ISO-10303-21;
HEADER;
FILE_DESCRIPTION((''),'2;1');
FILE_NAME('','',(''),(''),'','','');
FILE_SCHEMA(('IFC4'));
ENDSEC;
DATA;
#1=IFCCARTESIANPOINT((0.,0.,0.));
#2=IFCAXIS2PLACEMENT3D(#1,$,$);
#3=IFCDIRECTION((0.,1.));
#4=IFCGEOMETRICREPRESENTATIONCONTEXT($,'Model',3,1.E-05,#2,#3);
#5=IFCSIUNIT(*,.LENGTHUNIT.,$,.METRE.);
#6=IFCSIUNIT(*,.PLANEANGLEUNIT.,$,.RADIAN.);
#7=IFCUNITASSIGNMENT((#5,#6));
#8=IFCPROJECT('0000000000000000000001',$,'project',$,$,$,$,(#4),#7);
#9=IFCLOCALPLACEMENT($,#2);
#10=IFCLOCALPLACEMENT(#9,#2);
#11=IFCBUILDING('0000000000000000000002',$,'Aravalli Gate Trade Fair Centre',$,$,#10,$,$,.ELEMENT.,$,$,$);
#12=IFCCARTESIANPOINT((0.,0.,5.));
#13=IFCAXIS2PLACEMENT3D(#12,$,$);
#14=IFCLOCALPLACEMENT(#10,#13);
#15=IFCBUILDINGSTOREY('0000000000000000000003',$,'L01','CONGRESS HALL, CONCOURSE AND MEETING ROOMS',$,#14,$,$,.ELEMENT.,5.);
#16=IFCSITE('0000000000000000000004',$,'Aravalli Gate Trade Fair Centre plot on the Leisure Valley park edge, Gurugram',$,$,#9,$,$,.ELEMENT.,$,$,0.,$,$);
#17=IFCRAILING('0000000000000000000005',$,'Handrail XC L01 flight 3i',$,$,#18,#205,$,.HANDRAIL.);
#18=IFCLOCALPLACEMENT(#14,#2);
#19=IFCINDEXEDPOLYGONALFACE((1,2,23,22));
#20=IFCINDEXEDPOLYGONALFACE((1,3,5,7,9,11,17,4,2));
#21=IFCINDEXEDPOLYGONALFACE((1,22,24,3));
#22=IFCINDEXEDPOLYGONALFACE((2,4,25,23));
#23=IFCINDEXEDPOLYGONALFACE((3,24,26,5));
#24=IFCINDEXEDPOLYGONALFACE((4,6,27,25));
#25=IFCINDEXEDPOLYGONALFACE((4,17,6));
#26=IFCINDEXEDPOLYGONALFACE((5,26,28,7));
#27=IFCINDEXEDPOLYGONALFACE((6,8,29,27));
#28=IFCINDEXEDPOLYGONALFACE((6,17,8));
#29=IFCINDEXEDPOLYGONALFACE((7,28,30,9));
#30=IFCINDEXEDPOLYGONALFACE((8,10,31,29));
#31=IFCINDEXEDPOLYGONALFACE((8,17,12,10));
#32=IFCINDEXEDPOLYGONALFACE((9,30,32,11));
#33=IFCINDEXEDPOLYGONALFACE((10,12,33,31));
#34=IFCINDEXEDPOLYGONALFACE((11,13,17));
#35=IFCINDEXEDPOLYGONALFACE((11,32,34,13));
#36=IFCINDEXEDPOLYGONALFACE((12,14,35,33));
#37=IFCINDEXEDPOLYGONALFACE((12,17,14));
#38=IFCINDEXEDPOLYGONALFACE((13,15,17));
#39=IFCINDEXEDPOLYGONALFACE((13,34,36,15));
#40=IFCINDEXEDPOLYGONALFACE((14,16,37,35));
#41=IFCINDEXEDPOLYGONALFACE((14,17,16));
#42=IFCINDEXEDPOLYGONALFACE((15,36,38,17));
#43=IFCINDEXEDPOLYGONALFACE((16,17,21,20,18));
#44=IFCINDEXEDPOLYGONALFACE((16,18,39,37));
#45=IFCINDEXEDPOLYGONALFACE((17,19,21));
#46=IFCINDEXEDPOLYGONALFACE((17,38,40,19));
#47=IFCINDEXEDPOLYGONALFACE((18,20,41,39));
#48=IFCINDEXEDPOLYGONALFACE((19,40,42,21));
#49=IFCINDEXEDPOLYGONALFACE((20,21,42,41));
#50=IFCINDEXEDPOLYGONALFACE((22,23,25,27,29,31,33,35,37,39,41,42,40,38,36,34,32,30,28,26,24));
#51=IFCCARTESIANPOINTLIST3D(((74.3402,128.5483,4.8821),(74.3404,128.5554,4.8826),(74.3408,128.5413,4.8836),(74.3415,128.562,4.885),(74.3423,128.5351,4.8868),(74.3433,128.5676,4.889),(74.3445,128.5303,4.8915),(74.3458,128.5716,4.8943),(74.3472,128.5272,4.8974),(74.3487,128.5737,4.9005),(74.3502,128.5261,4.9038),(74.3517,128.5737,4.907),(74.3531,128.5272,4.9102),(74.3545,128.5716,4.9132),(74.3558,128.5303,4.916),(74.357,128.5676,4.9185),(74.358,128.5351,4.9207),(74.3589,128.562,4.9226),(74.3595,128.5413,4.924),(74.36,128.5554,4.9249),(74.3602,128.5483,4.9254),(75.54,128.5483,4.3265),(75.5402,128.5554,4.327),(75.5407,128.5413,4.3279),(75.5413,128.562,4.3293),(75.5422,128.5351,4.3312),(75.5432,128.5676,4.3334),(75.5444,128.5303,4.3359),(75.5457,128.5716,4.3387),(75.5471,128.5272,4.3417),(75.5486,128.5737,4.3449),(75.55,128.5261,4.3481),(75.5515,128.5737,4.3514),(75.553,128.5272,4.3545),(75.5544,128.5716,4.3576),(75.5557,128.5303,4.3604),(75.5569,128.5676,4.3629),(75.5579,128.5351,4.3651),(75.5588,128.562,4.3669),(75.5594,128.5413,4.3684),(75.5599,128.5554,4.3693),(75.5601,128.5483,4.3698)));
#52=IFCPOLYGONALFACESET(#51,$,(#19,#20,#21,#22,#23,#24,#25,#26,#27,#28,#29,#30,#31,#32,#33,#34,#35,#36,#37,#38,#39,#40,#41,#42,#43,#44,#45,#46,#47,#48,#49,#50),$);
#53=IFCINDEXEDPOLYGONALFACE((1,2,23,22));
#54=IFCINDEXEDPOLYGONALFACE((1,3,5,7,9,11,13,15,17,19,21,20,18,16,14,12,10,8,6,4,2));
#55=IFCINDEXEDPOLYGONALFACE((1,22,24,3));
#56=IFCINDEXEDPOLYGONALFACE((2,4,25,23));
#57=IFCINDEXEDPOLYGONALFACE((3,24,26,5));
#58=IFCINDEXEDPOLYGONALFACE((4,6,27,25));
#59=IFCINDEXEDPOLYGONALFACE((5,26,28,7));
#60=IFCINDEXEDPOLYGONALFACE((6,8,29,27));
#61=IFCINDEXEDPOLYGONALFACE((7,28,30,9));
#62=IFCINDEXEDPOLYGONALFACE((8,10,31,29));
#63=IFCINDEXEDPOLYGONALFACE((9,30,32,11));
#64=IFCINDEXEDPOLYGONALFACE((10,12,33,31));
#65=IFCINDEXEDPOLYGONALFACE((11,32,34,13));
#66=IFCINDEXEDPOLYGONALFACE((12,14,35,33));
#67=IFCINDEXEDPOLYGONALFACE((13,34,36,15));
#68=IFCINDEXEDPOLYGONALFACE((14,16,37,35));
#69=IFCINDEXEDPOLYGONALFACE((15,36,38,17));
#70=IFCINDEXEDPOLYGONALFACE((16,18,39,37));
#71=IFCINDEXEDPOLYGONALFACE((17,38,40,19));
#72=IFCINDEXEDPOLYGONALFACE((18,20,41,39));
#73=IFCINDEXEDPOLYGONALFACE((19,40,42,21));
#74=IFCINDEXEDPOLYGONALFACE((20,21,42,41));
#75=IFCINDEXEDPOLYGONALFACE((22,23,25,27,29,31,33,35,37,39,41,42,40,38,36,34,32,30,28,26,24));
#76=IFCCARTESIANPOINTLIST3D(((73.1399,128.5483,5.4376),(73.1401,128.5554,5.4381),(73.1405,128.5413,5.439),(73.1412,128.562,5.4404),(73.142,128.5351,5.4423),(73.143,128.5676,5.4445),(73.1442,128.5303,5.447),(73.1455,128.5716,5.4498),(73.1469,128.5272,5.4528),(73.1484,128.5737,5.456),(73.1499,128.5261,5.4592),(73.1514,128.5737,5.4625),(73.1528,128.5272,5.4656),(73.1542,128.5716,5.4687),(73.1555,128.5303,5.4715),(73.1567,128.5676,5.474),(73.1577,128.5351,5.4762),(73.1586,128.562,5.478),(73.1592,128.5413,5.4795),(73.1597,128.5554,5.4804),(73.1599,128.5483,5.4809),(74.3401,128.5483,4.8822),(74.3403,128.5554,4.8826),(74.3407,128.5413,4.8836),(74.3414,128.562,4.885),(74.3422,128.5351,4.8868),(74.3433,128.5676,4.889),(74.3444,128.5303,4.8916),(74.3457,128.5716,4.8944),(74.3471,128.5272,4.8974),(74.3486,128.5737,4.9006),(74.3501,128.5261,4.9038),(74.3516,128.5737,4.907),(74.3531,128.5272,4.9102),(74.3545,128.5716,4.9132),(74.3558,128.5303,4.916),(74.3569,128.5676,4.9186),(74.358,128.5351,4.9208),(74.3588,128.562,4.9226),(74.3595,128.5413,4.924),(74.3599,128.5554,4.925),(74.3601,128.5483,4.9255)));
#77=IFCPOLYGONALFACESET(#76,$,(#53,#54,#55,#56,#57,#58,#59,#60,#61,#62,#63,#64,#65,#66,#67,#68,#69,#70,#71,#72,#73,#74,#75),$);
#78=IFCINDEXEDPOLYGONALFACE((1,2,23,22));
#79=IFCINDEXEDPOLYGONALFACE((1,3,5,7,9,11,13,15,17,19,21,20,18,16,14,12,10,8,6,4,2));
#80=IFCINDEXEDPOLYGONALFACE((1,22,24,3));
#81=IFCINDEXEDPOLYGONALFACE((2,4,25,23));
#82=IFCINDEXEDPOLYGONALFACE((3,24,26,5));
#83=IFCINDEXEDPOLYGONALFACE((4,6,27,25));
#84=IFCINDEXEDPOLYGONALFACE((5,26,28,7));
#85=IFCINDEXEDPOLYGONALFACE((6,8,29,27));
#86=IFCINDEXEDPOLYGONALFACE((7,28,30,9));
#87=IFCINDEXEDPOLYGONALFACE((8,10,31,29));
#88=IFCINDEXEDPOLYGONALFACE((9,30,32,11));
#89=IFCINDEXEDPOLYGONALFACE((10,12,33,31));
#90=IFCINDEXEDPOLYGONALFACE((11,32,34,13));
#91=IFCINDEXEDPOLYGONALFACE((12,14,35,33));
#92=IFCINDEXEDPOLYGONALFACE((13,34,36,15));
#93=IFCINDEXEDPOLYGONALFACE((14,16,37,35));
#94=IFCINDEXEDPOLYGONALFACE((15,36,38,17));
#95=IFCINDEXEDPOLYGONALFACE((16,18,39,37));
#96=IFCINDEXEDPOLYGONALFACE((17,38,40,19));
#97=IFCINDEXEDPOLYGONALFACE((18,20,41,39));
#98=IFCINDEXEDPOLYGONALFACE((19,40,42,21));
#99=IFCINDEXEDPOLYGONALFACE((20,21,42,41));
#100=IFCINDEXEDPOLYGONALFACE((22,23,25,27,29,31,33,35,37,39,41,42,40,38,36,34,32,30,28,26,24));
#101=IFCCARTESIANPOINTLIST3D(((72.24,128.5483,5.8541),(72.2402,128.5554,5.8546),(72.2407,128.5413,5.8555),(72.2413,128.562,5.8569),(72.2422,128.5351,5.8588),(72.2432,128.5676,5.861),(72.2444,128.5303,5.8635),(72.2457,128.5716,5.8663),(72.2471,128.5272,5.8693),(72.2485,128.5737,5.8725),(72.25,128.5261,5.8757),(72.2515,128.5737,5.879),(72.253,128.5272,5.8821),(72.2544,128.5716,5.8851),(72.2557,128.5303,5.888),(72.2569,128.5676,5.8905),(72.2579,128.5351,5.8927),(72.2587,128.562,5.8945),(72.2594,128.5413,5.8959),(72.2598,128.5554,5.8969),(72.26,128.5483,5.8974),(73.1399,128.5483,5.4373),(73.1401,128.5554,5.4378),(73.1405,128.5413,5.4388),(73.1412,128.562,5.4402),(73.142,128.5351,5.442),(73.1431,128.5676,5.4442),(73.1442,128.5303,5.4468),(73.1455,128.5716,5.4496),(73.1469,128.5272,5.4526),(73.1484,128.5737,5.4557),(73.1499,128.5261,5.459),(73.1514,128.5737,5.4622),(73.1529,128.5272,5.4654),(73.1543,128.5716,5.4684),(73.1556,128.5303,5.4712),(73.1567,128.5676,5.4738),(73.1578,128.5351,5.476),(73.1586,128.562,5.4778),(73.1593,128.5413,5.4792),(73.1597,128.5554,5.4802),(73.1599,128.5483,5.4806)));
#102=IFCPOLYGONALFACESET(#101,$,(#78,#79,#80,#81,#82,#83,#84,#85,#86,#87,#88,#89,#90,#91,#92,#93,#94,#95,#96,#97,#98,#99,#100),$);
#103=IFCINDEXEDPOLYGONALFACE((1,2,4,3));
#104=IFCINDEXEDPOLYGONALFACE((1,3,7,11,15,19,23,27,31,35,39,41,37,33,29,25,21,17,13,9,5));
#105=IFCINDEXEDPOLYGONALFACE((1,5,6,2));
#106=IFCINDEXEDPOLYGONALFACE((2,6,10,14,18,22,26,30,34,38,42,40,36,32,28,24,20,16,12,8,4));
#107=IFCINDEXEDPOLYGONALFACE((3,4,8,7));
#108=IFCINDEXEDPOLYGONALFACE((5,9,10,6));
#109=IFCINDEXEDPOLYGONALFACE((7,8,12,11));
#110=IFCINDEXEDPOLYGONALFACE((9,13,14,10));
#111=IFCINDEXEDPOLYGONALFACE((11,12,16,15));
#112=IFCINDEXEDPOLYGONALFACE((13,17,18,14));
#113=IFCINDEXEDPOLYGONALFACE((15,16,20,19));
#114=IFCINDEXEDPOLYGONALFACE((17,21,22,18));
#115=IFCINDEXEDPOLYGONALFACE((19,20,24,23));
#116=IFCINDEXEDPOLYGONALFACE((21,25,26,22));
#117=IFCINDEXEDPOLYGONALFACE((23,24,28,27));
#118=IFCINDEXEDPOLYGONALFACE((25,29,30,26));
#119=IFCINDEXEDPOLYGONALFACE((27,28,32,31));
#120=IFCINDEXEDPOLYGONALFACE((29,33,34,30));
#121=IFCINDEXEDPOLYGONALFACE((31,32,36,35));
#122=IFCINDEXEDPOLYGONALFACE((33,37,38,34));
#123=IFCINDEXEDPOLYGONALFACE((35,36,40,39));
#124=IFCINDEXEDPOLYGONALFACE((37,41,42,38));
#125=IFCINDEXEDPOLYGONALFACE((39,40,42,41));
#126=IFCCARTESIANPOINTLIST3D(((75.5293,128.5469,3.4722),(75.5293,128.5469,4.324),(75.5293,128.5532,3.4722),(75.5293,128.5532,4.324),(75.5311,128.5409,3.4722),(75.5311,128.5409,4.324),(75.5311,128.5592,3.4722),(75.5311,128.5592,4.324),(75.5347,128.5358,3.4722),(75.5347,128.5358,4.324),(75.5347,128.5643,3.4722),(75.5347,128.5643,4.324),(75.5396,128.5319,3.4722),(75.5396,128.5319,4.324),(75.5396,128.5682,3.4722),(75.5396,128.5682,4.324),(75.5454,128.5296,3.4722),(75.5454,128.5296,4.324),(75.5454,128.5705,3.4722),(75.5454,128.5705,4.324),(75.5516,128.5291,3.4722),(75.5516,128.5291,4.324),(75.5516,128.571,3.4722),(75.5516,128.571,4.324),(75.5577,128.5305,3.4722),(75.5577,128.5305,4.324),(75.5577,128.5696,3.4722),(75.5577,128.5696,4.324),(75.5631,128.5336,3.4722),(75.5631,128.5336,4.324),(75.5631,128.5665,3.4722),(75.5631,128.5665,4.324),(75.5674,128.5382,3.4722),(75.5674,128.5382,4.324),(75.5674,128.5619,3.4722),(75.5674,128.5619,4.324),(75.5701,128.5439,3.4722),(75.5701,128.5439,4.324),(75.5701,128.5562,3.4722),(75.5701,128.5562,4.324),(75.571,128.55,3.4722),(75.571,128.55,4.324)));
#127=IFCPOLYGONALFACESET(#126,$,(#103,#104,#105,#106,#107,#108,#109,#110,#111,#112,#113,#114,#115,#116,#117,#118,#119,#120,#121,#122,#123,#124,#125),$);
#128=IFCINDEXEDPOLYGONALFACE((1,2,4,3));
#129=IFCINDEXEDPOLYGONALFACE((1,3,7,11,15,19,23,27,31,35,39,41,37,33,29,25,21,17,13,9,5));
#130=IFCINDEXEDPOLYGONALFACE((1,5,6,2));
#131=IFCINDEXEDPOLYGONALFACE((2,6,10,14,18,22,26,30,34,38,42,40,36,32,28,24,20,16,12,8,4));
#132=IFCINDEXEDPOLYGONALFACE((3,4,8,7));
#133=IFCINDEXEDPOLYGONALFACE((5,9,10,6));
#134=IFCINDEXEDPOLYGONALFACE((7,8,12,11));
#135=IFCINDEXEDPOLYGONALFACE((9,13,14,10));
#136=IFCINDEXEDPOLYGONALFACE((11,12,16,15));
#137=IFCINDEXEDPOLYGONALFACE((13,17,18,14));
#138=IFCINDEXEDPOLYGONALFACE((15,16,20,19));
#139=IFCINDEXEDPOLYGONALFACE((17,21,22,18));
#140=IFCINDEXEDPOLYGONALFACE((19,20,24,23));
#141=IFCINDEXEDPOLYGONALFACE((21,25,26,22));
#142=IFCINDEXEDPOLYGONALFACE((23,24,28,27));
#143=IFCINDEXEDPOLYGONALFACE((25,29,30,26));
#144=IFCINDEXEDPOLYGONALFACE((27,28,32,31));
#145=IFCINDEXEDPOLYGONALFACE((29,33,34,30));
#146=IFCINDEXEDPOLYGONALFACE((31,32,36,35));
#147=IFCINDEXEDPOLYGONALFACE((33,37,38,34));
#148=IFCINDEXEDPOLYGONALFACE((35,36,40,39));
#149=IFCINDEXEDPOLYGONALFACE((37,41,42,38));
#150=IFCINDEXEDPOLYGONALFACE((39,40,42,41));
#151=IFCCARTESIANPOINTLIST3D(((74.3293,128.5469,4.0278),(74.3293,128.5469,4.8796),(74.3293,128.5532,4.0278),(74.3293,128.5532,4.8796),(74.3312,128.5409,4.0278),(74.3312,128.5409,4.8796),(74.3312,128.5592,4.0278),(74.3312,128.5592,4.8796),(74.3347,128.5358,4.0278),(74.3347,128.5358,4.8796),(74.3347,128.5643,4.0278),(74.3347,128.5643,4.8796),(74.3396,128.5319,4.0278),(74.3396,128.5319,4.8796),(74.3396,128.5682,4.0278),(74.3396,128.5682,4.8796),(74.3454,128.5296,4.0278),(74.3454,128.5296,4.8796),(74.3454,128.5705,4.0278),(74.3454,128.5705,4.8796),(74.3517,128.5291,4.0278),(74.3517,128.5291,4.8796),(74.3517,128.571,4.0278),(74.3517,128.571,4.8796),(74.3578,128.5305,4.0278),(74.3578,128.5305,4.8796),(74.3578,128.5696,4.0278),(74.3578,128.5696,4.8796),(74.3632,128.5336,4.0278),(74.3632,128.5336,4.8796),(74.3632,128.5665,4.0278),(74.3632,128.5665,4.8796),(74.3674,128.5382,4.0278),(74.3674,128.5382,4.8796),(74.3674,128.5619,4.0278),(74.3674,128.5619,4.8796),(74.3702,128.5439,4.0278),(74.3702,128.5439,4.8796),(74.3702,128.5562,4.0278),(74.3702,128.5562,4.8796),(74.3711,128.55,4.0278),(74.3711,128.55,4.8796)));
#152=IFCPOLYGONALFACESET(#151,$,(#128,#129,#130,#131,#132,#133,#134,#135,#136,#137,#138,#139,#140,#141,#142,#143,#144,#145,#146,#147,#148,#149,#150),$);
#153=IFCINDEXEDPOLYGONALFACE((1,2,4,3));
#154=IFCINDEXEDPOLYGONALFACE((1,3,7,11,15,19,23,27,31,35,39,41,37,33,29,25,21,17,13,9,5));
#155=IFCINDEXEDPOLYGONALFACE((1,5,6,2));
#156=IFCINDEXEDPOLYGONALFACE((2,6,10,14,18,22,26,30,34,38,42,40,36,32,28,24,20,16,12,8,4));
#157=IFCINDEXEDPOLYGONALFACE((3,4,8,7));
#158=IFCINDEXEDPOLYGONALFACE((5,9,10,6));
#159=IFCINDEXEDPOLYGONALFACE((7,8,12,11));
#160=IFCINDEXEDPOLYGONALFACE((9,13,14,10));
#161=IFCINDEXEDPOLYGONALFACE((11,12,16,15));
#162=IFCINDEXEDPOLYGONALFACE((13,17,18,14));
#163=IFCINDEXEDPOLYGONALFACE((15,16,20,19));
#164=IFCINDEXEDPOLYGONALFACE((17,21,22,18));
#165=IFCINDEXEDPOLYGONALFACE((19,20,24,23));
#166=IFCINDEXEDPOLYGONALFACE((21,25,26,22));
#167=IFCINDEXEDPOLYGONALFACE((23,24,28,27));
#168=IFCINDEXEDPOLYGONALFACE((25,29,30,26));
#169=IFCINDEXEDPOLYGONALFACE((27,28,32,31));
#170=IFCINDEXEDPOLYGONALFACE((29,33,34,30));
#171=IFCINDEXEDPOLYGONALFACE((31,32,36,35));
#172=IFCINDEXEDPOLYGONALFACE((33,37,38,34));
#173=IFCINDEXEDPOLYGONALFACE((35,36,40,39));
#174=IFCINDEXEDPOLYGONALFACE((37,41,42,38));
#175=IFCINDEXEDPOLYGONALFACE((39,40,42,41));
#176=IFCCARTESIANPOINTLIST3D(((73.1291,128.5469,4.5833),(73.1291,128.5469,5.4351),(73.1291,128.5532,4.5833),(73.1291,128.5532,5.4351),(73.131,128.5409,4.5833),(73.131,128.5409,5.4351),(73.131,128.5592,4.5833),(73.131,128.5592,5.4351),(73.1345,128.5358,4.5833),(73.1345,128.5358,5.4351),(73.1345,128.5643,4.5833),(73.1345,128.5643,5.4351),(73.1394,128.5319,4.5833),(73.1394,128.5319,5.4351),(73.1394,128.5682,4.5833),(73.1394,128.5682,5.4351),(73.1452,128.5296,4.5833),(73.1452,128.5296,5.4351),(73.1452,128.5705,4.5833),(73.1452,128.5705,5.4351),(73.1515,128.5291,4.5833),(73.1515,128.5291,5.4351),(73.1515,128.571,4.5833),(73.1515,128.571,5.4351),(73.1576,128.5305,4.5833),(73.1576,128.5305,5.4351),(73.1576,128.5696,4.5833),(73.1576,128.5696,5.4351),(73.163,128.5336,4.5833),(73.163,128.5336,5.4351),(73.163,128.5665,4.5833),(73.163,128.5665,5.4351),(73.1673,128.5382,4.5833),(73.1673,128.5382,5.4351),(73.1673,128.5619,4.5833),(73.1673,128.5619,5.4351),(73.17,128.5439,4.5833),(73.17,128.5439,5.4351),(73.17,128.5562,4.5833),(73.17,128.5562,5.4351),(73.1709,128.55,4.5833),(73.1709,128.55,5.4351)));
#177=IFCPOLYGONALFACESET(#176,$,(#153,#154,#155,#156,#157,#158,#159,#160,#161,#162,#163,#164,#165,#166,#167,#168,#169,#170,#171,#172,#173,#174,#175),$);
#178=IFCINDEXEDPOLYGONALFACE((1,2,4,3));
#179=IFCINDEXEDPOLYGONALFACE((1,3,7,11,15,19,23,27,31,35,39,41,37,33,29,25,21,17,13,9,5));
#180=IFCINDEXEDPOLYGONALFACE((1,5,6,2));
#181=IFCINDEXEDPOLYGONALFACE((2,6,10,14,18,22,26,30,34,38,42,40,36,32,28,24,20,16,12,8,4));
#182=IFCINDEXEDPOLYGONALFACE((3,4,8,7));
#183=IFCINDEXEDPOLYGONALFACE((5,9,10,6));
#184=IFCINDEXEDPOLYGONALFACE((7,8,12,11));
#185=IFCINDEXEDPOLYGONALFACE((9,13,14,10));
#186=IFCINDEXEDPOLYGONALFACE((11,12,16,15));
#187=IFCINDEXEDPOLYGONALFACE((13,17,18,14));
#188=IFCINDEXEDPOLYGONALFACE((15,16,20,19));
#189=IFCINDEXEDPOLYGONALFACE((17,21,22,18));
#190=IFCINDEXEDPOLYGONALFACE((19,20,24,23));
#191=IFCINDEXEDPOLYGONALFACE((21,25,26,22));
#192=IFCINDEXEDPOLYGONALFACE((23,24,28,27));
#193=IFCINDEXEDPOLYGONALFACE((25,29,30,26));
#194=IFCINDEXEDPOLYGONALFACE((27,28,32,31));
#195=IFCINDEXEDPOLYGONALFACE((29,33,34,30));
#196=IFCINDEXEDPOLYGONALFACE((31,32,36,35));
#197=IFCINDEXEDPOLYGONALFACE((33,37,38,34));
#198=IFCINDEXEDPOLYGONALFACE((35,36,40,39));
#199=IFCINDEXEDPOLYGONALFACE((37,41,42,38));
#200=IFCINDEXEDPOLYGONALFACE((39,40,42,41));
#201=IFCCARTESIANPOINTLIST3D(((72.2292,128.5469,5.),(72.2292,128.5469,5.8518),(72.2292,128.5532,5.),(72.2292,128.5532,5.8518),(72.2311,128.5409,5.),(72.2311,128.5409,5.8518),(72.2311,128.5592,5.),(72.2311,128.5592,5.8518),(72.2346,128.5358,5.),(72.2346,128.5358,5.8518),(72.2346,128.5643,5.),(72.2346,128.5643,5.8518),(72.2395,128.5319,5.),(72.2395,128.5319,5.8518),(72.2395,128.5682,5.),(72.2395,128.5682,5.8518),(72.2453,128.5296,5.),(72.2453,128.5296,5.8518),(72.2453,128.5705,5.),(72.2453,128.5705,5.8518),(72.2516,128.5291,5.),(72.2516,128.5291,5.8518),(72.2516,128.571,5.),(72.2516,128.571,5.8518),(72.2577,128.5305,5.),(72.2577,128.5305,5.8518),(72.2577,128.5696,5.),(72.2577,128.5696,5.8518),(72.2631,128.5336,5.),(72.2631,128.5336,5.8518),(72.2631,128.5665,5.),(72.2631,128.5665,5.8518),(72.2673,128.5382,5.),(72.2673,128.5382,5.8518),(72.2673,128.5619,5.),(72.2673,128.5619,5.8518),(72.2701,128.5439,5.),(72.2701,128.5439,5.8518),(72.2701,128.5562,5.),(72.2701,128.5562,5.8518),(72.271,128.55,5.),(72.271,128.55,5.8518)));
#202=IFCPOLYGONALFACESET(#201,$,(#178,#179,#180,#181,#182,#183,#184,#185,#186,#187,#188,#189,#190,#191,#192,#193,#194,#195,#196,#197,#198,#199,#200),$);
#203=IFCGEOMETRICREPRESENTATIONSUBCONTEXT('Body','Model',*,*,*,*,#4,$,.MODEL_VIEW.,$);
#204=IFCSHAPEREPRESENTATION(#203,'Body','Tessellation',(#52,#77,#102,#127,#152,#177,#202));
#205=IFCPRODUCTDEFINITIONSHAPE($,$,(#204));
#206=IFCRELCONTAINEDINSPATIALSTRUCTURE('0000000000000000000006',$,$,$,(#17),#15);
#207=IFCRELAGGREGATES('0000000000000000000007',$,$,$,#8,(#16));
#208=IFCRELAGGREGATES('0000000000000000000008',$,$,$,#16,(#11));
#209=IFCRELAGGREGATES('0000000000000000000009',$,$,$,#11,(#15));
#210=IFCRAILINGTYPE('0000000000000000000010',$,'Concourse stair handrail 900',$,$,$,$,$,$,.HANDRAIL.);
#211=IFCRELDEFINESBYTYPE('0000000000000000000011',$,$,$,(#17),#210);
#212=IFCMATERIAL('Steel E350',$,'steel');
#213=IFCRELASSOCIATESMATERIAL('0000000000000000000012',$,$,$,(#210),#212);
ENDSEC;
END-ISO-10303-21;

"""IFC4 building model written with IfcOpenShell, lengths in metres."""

from ifc_helpers import new_model, si_unit, direction, frame, origin, origin_2d, place, context, subcontext, project, spatial, circle, extrude, material, type_object, element, save


model = new_model("IFC4")

# Units and contexts
model_context = context("Model", 3, precision=1e-05, world=origin(), true_north=direction((0.0, 1.0)))
body_context = subcontext(model_context, "Body", "Model", "MODEL_VIEW")
ifc_project = project(units=[si_unit("LENGTHUNIT", "METRE"), si_unit("PLANEANGLEUNIT", "RADIAN")], contexts=[model_context])

# Site, building, storey
site_placement = place(None, origin())
site = spatial("IfcSite", under=ifc_project, at=site_placement, Name="Aravalli Gate Trade Fair Centre plot on the Leisure Valley park edge, Gurugram", CompositionType="ELEMENT", RefElevation=0.0)
building_placement = place(site_placement, origin())
building = spatial("IfcBuilding", under=site, at=building_placement, Name="Aravalli Gate Trade Fair Centre", CompositionType="ELEMENT")
storey_placement = place(building_placement, frame((0.0, 0.0, 5.0)))
storey = spatial("IfcBuildingStorey", under=building, at=storey_placement, Name="L01", Description="CONGRESS HALL, CONCOURSE AND MEETING ROOMS", CompositionType="ELEMENT", Elevation=5.0)

# Shared definitions
ifc_material_1 = material(Name="Steel E350", Category="steel")

# Railing
railing_type_1 = type_object("IfcRailingType", Name="Concourse stair handrail 900", PredefinedType="HANDRAIL", material=ifc_material_1)
for number, where, name in (
    (1, (75.55, 128.55, 3.4722), "Handrail XC L01 flight 3i"),
):
    element("IfcRailing", number, at=place(storey_placement, frame(where)), inside=storey, type_object=railing_type_1, Name=name, PredefinedType="HANDRAIL", context=body_context, shape_type="SweptSolid", body=[
        extrude(circle(Radius=0.0239, at=origin_2d()), frame((0.0, 0.0, 0.876), z_axis=(-0.907429, 0.0, 0.420205), x_axis=(0.0, -1.0, 0.0)), (0.0, 0.0, 1.0), 1.3223),
        extrude(circle(Radius=0.0239, at=origin_2d()), frame((-1.2, 0.0, 1.4316), z_axis=(-0.907532, 0.0, 0.419983), x_axis=(0.0, -1.0, 0.0)), (0.0, 0.0, 1.0), 1.3225),
        extrude(circle(Radius=0.0239, at=origin_2d()), frame((-2.4001, 0.0, 1.9868), z_axis=(-0.907418, 0.0, 0.420229), x_axis=(0.0, -1.0, 0.0)), (0.0, 0.0, 1.0), 0.9917),
        extrude(circle(Radius=0.021, at=origin_2d()), origin(), (0.0, 0.0, 1.0), 0.8518),
        extrude(circle(Radius=0.021, at=origin_2d()), frame((-1.2, 0.0, 0.5557)), (0.0, 0.0, 1.0), 0.8518),
        extrude(circle(Radius=0.021, at=origin_2d()), frame((-2.4001, 0.0, 1.1111)), (0.0, 0.0, 1.0), 0.8518),
        extrude(circle(Radius=0.021, at=origin_2d()), frame((-3.3, 0.0, 1.5278)), (0.0, 0.0, 1.0), 0.8518),
    ])

save(model, "model.ifc")
